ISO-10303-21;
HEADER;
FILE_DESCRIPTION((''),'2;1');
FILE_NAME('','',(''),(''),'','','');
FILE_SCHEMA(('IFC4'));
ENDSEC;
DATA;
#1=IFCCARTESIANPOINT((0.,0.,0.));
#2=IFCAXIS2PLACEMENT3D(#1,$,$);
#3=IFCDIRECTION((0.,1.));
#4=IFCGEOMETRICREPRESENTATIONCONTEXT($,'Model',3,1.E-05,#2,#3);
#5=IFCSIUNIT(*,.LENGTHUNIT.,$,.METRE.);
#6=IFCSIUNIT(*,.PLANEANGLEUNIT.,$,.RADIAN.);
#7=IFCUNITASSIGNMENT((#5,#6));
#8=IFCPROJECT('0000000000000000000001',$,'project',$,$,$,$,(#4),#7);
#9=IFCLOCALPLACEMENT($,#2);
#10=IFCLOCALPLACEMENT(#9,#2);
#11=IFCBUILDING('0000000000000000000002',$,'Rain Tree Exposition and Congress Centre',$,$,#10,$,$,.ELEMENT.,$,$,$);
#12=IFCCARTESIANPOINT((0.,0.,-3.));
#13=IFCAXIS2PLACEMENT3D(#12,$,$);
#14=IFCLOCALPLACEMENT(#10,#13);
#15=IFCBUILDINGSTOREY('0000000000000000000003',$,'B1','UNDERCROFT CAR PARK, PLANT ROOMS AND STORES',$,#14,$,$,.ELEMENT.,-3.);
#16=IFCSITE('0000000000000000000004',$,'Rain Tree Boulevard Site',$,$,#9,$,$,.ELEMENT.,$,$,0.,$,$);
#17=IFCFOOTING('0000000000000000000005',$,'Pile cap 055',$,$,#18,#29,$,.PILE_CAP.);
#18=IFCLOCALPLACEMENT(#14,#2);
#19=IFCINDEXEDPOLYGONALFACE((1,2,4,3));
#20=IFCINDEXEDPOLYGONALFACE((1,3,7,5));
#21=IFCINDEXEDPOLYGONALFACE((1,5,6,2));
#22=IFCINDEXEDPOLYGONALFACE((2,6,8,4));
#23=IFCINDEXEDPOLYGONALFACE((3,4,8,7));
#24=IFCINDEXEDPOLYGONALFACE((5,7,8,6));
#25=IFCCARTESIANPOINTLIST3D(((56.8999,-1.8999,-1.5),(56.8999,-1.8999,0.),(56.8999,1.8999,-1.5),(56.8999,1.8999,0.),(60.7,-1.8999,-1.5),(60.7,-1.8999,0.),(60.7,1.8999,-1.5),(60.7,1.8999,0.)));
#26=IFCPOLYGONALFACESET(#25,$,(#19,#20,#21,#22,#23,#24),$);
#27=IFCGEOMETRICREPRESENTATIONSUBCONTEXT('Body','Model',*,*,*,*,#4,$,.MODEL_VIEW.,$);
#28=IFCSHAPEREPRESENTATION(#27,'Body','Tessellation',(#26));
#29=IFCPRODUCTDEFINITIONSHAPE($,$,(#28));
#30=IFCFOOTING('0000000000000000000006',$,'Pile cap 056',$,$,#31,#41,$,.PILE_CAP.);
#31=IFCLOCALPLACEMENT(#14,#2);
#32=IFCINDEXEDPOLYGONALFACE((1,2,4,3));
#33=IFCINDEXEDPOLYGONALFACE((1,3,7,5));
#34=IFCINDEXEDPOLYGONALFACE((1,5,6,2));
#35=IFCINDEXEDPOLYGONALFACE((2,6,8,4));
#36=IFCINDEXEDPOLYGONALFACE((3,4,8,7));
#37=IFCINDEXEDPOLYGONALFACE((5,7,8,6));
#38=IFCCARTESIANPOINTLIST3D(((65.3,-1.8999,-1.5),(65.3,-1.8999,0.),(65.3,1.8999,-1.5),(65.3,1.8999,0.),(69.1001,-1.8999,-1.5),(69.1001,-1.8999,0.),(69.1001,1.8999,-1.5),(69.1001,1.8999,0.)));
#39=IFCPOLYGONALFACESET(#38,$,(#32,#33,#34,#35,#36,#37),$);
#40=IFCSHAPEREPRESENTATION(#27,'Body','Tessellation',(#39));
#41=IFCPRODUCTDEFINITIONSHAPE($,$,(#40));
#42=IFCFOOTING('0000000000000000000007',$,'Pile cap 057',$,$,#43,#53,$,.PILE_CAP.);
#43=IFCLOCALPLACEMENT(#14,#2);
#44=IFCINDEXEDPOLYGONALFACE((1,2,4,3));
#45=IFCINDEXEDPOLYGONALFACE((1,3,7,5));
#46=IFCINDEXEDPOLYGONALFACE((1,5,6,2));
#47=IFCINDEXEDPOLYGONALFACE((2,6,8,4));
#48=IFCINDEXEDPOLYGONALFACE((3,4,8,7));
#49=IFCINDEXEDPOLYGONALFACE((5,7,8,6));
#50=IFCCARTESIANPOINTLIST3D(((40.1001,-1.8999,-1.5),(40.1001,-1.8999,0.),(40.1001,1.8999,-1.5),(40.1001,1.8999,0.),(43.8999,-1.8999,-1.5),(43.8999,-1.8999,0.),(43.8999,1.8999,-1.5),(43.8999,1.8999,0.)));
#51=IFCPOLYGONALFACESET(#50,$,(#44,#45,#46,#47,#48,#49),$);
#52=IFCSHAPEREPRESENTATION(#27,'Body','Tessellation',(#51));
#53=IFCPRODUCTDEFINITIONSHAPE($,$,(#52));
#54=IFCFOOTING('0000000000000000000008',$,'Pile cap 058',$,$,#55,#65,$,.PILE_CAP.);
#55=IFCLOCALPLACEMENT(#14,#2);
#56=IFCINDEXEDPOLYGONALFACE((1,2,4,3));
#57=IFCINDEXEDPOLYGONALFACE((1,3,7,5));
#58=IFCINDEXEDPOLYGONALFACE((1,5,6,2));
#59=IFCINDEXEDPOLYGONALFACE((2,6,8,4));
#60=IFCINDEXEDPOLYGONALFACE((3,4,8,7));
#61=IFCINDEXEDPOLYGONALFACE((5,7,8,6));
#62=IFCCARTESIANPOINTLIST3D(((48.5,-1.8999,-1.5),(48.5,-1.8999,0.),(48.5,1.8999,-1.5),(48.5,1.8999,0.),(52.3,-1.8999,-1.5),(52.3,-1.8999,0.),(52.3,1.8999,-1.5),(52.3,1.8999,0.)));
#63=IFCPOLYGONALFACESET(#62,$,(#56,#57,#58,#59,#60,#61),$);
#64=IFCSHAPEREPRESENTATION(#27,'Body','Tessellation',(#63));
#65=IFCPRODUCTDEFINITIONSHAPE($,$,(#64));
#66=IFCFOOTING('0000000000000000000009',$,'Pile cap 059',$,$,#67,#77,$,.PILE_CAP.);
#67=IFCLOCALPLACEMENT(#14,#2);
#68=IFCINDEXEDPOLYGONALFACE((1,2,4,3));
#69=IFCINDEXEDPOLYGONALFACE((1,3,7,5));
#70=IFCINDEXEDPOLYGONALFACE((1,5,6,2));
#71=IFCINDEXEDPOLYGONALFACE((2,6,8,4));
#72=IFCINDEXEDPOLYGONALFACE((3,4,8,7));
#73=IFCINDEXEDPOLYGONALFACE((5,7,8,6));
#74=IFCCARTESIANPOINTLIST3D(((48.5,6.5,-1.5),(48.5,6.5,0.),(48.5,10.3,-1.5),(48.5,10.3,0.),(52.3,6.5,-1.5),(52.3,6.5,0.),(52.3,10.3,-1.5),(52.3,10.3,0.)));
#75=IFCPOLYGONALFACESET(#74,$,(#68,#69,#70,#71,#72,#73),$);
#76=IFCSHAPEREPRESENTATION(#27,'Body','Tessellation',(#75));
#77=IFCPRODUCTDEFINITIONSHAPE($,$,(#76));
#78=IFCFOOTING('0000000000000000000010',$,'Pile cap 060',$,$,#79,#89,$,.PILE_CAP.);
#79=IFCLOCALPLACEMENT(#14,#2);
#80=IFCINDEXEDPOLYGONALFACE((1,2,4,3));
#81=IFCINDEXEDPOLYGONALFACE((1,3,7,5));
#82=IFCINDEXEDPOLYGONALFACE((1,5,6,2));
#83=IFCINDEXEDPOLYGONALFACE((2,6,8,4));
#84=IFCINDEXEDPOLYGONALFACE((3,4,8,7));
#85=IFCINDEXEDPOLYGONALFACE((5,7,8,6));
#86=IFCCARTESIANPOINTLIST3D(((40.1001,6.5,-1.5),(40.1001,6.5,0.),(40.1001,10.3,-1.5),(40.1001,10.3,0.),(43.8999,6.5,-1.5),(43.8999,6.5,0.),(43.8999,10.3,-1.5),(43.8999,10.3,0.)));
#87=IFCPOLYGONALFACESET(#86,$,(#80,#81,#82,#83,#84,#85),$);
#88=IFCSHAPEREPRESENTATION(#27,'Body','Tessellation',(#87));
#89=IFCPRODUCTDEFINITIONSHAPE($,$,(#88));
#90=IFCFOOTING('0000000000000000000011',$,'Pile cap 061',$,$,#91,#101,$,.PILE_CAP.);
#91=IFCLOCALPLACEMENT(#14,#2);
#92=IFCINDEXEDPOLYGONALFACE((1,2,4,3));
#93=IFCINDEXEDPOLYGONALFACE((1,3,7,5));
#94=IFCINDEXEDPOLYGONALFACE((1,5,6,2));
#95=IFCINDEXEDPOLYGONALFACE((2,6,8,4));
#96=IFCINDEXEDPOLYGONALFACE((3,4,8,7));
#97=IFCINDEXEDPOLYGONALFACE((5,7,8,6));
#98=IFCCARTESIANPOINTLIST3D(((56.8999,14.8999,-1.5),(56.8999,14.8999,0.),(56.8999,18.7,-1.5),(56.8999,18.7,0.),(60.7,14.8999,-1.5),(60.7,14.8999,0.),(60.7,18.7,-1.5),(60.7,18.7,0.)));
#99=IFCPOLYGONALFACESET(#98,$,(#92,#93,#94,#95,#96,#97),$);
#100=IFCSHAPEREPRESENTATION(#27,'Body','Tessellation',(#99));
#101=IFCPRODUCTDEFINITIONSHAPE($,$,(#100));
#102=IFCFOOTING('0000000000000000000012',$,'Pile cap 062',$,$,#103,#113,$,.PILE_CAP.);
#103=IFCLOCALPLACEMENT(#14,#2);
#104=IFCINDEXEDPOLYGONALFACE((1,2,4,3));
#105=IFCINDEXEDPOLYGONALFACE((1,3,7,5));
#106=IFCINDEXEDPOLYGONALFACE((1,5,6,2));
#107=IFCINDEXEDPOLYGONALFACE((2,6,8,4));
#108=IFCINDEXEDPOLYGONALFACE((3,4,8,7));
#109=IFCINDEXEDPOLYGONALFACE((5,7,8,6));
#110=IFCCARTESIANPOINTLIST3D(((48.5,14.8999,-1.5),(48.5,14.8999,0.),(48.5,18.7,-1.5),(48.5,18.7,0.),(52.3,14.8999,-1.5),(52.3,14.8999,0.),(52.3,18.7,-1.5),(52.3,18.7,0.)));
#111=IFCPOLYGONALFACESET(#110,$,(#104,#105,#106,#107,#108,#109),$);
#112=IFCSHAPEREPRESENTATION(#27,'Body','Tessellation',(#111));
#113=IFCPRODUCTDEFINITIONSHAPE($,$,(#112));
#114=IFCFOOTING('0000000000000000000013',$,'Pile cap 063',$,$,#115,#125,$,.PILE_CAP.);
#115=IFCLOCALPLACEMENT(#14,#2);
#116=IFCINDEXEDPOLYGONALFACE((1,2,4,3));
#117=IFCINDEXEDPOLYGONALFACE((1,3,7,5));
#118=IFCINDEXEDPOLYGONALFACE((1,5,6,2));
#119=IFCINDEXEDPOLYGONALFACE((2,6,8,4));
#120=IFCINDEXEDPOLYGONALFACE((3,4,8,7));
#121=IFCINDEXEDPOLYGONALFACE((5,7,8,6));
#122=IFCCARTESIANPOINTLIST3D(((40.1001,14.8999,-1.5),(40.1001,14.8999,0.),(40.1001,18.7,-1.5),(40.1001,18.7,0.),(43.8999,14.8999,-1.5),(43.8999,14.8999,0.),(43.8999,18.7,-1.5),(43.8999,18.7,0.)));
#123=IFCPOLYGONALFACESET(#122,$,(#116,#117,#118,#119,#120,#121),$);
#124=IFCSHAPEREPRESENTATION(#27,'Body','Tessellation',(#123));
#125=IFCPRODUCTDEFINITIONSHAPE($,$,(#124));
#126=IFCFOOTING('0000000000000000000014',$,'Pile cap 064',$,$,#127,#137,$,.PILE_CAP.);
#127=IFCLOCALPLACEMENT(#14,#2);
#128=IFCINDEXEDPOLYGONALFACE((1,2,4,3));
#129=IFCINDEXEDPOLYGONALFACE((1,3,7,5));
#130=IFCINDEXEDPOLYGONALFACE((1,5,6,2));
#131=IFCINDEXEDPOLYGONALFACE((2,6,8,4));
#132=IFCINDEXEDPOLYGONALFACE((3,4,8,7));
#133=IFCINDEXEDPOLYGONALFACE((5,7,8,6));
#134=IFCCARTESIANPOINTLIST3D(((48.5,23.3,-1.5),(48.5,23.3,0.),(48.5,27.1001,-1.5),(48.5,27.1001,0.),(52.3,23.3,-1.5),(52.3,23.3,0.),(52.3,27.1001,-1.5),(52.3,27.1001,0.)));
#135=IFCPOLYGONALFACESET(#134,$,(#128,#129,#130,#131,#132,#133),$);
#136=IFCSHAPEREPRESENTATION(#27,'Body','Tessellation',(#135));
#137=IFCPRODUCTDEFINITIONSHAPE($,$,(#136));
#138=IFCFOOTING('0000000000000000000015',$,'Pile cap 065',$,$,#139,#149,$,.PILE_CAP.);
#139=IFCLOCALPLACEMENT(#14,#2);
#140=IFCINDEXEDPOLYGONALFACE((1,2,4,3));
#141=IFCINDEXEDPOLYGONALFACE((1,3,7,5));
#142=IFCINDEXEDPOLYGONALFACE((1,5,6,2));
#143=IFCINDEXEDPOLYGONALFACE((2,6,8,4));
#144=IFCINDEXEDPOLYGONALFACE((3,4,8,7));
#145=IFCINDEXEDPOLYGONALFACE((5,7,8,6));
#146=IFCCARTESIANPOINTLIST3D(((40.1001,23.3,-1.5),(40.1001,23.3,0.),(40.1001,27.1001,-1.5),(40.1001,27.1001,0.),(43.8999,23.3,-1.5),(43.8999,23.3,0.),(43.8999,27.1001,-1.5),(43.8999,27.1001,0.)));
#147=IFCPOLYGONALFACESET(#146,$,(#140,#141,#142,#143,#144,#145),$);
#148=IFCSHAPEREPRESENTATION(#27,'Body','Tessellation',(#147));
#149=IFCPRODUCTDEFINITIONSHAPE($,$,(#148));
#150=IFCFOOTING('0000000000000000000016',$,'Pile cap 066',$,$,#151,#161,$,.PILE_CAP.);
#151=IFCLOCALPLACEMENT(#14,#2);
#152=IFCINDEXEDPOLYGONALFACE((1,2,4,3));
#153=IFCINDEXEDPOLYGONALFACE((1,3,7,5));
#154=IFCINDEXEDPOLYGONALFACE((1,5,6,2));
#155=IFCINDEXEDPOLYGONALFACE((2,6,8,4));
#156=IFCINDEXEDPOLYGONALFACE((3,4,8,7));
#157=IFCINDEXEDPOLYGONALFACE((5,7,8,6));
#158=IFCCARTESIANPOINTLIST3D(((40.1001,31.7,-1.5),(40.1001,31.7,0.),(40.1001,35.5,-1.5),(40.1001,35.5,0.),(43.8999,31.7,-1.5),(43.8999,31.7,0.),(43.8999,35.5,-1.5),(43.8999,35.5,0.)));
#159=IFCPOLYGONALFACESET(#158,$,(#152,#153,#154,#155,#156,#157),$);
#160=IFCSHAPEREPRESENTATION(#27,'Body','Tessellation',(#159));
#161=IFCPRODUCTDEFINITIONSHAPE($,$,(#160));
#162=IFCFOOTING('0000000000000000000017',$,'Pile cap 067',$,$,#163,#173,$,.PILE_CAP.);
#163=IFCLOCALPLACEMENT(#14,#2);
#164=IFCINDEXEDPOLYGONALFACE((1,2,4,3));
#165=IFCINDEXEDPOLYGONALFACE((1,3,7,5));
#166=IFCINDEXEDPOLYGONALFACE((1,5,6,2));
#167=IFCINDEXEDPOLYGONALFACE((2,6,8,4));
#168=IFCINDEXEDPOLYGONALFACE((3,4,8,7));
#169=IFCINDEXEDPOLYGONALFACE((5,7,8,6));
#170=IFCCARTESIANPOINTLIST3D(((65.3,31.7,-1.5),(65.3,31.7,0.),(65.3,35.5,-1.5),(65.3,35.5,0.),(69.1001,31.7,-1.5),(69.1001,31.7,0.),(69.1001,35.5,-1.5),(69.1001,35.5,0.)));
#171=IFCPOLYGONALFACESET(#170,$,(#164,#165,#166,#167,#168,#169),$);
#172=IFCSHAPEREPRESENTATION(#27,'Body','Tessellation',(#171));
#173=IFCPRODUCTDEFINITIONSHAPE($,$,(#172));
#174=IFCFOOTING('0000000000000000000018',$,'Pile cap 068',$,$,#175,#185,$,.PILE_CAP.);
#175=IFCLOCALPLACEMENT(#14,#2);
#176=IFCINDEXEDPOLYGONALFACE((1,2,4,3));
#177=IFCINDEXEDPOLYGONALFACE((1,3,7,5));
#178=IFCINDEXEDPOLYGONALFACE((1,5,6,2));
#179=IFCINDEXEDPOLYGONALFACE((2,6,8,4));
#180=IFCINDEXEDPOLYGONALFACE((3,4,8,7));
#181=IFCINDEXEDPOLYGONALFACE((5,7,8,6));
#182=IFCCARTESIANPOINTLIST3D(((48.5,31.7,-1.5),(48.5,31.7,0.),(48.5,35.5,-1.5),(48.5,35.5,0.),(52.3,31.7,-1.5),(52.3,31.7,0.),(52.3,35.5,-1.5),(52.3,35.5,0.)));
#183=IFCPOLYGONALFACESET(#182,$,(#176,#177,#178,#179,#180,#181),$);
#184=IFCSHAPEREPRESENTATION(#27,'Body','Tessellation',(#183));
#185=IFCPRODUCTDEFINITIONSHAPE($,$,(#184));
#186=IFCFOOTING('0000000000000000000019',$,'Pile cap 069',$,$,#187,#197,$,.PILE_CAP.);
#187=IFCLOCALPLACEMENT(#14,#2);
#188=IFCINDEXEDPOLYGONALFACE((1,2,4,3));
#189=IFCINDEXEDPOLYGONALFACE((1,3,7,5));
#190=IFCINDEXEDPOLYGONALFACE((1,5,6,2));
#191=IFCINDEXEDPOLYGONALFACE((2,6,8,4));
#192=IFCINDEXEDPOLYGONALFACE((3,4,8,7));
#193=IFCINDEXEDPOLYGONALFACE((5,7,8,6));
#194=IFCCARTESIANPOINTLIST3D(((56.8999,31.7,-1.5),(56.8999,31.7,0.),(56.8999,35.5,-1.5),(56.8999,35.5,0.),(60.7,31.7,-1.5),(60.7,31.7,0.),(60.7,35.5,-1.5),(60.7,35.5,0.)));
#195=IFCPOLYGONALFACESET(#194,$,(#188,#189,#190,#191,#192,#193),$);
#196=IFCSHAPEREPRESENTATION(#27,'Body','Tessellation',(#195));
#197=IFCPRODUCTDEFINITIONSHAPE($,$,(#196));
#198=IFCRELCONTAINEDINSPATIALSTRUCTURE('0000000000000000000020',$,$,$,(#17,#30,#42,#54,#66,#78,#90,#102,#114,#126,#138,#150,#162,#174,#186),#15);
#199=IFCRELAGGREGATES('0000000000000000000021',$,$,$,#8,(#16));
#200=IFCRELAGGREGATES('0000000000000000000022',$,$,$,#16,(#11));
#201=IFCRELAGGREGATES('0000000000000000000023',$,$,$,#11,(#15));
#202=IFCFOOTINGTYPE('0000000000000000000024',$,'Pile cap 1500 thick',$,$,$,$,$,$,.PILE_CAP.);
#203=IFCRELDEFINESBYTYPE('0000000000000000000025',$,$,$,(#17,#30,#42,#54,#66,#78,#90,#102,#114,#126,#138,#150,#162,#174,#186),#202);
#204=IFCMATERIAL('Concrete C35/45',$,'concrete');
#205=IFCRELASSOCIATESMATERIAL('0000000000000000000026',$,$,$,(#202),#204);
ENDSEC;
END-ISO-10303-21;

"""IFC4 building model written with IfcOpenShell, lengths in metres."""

from ifc_helpers import new_model, si_unit, direction, frame, origin, place, context, subcontext, project, spatial, polyline, outline, extrude, material, type_object, element, save


model = new_model("IFC4")

# Units and contexts
model_context = context("Model", 3, precision=1e-05, world=origin(), true_north=direction((0.0, 1.0)))
body_context = subcontext(model_context, "Body", "Model", "MODEL_VIEW")
ifc_project = project(units=[si_unit("LENGTHUNIT", "METRE"), si_unit("PLANEANGLEUNIT", "RADIAN")], contexts=[model_context])

# Site, building, storey
site_placement = place(None, origin())
site = spatial("IfcSite", under=ifc_project, at=site_placement, Name="Rain Tree Boulevard Site", CompositionType="ELEMENT", RefElevation=0.0)
building_placement = place(site_placement, origin())
building = spatial("IfcBuilding", under=site, at=building_placement, Name="Rain Tree Exposition and Congress Centre", CompositionType="ELEMENT")
storey_placement = place(building_placement, frame((0.0, 0.0, -3.0)))
storey = spatial("IfcBuildingStorey", under=building, at=storey_placement, Name="B1", Description="UNDERCROFT CAR PARK, PLANT ROOMS AND STORES", CompositionType="ELEMENT", Elevation=-3.0)

# Footings
ifc_material_1 = material(Name="Concrete C35/45", Category="concrete")
footing_type_1 = type_object("IfcFootingType", Name="Pile cap 1500 thick", PredefinedType="PILE_CAP", material=ifc_material_1)
footing_1_placement = place(storey_placement, frame((0.0, 0.0, -1.5)))
element("IfcFooting", 1, at=footing_1_placement, inside=storey, type_object=footing_type_1, Name="Pile cap 055", PredefinedType="PILE_CAP", context=body_context, shape_type="SweptSolid", body=[
    extrude(outline(polyline([(60.7, -1.8999), (60.7, 1.8999), (56.8999, 1.8999), (56.8999, -1.8999), (60.7, -1.8999)])), origin(), (0.0, 0.0, 1.0), 1.5),
])
footing_2_placement = place(storey_placement, frame((0.0, 0.0, -1.5)))
element("IfcFooting", 2, at=footing_2_placement, inside=storey, type_object=footing_type_1, Name="Pile cap 056", PredefinedType="PILE_CAP", context=body_context, shape_type="SweptSolid", body=[
    extrude(outline(polyline([(69.1001, -1.8999), (69.1001, 1.8999), (65.3, 1.8999), (65.3, -1.8999), (69.1001, -1.8999)])), origin(), (0.0, 0.0, 1.0), 1.5),
])
footing_3_placement = place(storey_placement, frame((0.0, 0.0, -1.5)))
element("IfcFooting", 3, at=footing_3_placement, inside=storey, type_object=footing_type_1, Name="Pile cap 057", PredefinedType="PILE_CAP", context=body_context, shape_type="SweptSolid", body=[
    extrude(outline(polyline([(43.8999, -1.8999), (43.8999, 1.8999), (40.1001, 1.8999), (40.1001, -1.8999), (43.8999, -1.8999)])), origin(), (0.0, 0.0, 1.0), 1.5),
])
footing_4_placement = place(storey_placement, frame((0.0, 0.0, -1.5)))
element("IfcFooting", 4, at=footing_4_placement, inside=storey, type_object=footing_type_1, Name="Pile cap 058", PredefinedType="PILE_CAP", context=body_context, shape_type="SweptSolid", body=[
    extrude(outline(polyline([(52.3, -1.8999), (52.3, 1.8999), (48.5, 1.8999), (48.5, -1.8999), (52.3, -1.8999)])), origin(), (0.0, 0.0, 1.0), 1.5),
])
footing_5_placement = place(storey_placement, frame((0.0, 0.0, -1.5)))
element("IfcFooting", 5, at=footing_5_placement, inside=storey, type_object=footing_type_1, Name="Pile cap 059", PredefinedType="PILE_CAP", context=body_context, shape_type="SweptSolid", body=[
    extrude(outline(polyline([(52.3, 6.5), (52.3, 10.3), (48.5, 10.3), (48.5, 6.5), (52.3, 6.5)])), origin(), (0.0, 0.0, 1.0), 1.5),
])
footing_6_placement = place(storey_placement, frame((0.0, 0.0, -1.5)))
element("IfcFooting", 6, at=footing_6_placement, inside=storey, type_object=footing_type_1, Name="Pile cap 060", PredefinedType="PILE_CAP", context=body_context, shape_type="SweptSolid", body=[
    extrude(outline(polyline([(43.8999, 6.5), (43.8999, 10.3), (40.1001, 10.3), (40.1001, 6.5), (43.8999, 6.5)])), origin(), (0.0, 0.0, 1.0), 1.5),
])
footing_7_placement = place(storey_placement, frame((0.0, 0.0, -1.5)))
element("IfcFooting", 7, at=footing_7_placement, inside=storey, type_object=footing_type_1, Name="Pile cap 061", PredefinedType="PILE_CAP", context=body_context, shape_type="SweptSolid", body=[
    extrude(outline(polyline([(60.7, 14.8999), (60.7, 18.7), (56.8999, 18.7), (56.8999, 14.8999), (60.7, 14.8999)])), origin(), (0.0, 0.0, 1.0), 1.5),
])
footing_8_placement = place(storey_placement, frame((0.0, 0.0, -1.5)))
element("IfcFooting", 8, at=footing_8_placement, inside=storey, type_object=footing_type_1, Name="Pile cap 062", PredefinedType="PILE_CAP", context=body_context, shape_type="SweptSolid", body=[
    extrude(outline(polyline([(52.3, 14.8999), (52.3, 18.7), (48.5, 18.7), (48.5, 14.8999), (52.3, 14.8999)])), origin(), (0.0, 0.0, 1.0), 1.5),
])
footing_9_placement = place(storey_placement, frame((0.0, 0.0, -1.5)))
element("IfcFooting", 9, at=footing_9_placement, inside=storey, type_object=footing_type_1, Name="Pile cap 063", PredefinedType="PILE_CAP", context=body_context, shape_type="SweptSolid", body=[
    extrude(outline(polyline([(43.8999, 14.8999), (43.8999, 18.7), (40.1001, 18.7), (40.1001, 14.8999), (43.8999, 14.8999)])), origin(), (0.0, 0.0, 1.0), 1.5),
])
footing_10_placement = place(storey_placement, frame((0.0, 0.0, -1.5)))
element("IfcFooting", 10, at=footing_10_placement, inside=storey, type_object=footing_type_1, Name="Pile cap 064", PredefinedType="PILE_CAP", context=body_context, shape_type="SweptSolid", body=[
    extrude(outline(polyline([(52.3, 23.3), (52.3, 27.1001), (48.5, 27.1001), (48.5, 23.3), (52.3, 23.3)])), origin(), (0.0, 0.0, 1.0), 1.5),
])
footing_11_placement = place(storey_placement, frame((0.0, 0.0, -1.5)))
element("IfcFooting", 11, at=footing_11_placement, inside=storey, type_object=footing_type_1, Name="Pile cap 065", PredefinedType="PILE_CAP", context=body_context, shape_type="SweptSolid", body=[
    extrude(outline(polyline([(43.8999, 23.3), (43.8999, 27.1001), (40.1001, 27.1001), (40.1001, 23.3), (43.8999, 23.3)])), origin(), (0.0, 0.0, 1.0), 1.5),
])
footing_12_placement = place(storey_placement, frame((0.0, 0.0, -1.5)))
element("IfcFooting", 12, at=footing_12_placement, inside=storey, type_object=footing_type_1, Name="Pile cap 066", PredefinedType="PILE_CAP", context=body_context, shape_type="SweptSolid", body=[
    extrude(outline(polyline([(43.8999, 31.7), (43.8999, 35.5), (40.1001, 35.5), (40.1001, 31.7), (43.8999, 31.7)])), origin(), (0.0, 0.0, 1.0), 1.5),
])
footing_13_placement = place(storey_placement, frame((0.0, 0.0, -1.5)))
element("IfcFooting", 13, at=footing_13_placement, inside=storey, type_object=footing_type_1, Name="Pile cap 067", PredefinedType="PILE_CAP", context=body_context, shape_type="SweptSolid", body=[
    extrude(outline(polyline([(69.1001, 31.7), (69.1001, 35.5), (65.3, 35.5), (65.3, 31.7), (69.1001, 31.7)])), origin(), (0.0, 0.0, 1.0), 1.5),
])
footing_14_placement = place(storey_placement, frame((0.0, 0.0, -1.5)))
element("IfcFooting", 14, at=footing_14_placement, inside=storey, type_object=footing_type_1, Name="Pile cap 068", PredefinedType="PILE_CAP", context=body_context, shape_type="SweptSolid", body=[
    extrude(outline(polyline([(52.3, 31.7), (52.3, 35.5), (48.5, 35.5), (48.5, 31.7), (52.3, 31.7)])), origin(), (0.0, 0.0, 1.0), 1.5),
])
footing_15_placement = place(storey_placement, frame((0.0, 0.0, -1.5)))
element("IfcFooting", 15, at=footing_15_placement, inside=storey, type_object=footing_type_1, Name="Pile cap 069", PredefinedType="PILE_CAP", context=body_context, shape_type="SweptSolid", body=[
    extrude(outline(polyline([(60.7, 31.7), (60.7, 35.5), (56.8999, 35.5), (56.8999, 31.7), (60.7, 31.7)])), origin(), (0.0, 0.0, 1.0), 1.5),
])

save(model, "model.ifc")
